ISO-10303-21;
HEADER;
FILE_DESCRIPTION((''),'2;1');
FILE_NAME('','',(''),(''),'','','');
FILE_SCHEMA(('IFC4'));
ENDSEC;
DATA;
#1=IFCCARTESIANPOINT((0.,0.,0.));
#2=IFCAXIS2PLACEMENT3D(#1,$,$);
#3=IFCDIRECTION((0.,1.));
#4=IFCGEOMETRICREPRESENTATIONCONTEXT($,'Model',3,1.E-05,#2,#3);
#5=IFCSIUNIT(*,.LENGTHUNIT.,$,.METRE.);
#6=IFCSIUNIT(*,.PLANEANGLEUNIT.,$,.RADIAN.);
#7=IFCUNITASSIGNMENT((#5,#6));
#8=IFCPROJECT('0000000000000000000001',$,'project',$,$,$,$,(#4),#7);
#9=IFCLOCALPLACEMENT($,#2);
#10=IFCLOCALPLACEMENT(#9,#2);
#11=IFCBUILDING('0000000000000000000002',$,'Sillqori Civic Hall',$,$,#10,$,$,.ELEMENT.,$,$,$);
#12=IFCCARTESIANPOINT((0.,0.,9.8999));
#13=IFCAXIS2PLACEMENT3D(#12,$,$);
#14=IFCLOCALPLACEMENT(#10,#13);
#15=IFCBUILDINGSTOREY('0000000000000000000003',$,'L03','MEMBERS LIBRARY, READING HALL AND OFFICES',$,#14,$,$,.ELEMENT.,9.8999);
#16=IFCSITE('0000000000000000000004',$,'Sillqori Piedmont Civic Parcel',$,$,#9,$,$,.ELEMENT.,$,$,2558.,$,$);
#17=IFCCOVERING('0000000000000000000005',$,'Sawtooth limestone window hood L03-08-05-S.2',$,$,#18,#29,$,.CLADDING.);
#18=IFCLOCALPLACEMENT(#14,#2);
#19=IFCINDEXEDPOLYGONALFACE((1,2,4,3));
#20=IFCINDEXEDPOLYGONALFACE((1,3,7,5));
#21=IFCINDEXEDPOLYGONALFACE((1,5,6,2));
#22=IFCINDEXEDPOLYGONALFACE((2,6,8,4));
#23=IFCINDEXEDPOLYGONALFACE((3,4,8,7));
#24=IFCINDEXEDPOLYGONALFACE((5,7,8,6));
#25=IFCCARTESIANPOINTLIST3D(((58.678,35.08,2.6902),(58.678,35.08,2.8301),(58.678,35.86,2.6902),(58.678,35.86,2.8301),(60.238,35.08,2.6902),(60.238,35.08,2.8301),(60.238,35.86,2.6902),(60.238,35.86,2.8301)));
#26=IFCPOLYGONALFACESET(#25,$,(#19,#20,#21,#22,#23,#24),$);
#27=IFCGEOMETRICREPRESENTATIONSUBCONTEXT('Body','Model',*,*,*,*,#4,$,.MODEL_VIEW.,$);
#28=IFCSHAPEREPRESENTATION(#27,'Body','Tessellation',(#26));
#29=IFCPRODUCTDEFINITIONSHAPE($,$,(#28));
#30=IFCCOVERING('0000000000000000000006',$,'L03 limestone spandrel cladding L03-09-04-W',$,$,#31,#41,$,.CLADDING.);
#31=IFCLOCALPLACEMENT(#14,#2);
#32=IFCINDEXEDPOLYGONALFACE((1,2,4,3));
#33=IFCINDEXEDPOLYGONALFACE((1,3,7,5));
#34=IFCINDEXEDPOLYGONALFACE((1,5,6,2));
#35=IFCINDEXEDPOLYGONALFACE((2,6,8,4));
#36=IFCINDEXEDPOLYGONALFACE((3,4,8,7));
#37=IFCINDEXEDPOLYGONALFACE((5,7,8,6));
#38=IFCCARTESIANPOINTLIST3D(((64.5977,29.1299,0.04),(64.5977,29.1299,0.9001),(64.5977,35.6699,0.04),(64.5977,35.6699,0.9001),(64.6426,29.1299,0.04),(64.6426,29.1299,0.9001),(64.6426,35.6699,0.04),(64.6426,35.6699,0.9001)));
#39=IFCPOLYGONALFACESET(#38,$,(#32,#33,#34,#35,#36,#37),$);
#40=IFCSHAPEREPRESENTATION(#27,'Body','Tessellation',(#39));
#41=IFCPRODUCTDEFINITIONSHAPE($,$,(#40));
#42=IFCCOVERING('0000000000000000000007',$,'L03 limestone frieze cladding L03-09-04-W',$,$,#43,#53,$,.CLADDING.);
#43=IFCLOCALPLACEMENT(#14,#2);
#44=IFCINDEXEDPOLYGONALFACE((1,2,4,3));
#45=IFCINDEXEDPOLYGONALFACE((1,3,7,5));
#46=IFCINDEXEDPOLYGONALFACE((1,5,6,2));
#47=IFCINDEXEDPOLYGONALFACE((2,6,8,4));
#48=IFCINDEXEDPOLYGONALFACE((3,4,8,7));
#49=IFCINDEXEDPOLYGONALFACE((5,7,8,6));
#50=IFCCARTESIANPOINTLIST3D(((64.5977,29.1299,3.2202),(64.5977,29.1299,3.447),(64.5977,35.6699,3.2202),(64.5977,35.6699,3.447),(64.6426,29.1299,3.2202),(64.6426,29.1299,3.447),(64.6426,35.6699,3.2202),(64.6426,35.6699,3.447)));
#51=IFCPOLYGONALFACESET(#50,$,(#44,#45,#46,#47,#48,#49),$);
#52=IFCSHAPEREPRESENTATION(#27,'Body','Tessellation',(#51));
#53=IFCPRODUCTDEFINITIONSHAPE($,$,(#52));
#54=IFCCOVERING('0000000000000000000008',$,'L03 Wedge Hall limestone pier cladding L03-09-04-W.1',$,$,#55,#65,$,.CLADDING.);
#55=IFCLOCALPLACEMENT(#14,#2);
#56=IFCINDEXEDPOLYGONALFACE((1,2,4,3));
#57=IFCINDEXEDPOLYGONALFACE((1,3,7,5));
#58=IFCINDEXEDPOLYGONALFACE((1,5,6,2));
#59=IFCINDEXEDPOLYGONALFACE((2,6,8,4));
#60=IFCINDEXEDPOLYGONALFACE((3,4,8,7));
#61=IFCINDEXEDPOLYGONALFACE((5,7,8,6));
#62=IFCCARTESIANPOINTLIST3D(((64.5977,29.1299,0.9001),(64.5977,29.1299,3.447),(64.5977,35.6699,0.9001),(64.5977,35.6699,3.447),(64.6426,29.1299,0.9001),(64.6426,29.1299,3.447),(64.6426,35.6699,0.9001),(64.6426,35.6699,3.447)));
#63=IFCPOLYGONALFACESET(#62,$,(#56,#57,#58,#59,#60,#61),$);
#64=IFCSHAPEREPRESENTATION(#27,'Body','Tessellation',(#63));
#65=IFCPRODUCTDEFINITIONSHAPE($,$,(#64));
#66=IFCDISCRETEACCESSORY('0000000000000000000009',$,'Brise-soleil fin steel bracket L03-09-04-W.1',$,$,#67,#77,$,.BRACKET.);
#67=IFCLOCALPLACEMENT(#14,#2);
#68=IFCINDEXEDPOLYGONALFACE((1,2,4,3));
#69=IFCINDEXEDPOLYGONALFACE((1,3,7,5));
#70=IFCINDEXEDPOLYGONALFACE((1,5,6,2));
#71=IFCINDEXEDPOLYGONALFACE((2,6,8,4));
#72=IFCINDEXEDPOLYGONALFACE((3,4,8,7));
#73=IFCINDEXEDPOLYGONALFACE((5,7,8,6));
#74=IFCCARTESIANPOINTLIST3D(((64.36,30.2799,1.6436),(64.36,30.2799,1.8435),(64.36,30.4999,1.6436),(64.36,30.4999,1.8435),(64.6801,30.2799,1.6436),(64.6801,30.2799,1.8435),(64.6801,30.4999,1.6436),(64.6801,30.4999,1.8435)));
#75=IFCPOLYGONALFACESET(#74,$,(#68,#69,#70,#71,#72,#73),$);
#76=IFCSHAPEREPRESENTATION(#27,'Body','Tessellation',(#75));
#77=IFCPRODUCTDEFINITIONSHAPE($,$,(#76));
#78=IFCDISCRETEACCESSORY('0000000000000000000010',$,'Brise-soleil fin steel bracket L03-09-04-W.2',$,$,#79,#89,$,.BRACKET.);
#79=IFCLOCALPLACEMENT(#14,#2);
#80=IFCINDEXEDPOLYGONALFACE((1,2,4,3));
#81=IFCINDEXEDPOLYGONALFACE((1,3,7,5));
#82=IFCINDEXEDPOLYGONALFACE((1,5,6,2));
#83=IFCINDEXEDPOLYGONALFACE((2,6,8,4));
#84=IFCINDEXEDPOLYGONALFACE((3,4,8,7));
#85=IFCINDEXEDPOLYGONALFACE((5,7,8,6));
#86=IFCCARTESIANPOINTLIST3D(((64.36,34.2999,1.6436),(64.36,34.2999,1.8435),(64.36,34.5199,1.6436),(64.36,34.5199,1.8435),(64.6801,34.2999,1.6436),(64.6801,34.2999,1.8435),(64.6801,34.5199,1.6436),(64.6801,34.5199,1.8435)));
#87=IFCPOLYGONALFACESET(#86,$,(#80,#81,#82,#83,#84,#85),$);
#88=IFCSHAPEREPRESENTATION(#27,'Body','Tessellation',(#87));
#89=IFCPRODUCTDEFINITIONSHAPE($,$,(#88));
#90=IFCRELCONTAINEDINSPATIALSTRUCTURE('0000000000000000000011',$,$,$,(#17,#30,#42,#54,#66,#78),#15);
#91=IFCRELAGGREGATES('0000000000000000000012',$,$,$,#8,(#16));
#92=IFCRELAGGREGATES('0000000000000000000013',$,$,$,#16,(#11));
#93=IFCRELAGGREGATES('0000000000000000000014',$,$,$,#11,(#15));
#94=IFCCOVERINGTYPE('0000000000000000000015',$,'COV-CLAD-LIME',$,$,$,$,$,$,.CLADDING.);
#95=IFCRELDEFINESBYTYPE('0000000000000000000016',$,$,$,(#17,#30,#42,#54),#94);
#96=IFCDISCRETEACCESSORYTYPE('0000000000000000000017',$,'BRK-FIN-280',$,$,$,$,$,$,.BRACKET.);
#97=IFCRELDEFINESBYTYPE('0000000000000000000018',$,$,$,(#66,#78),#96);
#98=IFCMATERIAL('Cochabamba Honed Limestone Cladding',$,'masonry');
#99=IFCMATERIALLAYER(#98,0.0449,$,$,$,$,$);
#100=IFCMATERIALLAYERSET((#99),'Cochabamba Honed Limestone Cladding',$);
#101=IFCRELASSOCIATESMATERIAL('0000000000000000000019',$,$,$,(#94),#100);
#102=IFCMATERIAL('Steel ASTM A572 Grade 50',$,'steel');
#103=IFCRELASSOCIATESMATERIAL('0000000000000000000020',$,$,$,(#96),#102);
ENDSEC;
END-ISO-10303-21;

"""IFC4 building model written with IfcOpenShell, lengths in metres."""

from ifc_helpers import new_model, si_unit, direction, frame, frame_2d, origin, origin_2d, place, context, subcontext, project, spatial, rectangle, extrude, material, layer, layer_set, type_object, element, save


model = new_model("IFC4")

# Units and contexts
model_context = context("Model", 3, precision=1e-05, world=origin(), true_north=direction((0.0, 1.0)))
body_context = subcontext(model_context, "Body", "Model", "MODEL_VIEW")
ifc_project = project(units=[si_unit("LENGTHUNIT", "METRE"), si_unit("PLANEANGLEUNIT", "RADIAN")], contexts=[model_context])

# Site, building, storey
site_placement = place(None, origin())
site = spatial("IfcSite", under=ifc_project, at=site_placement, Name="Sillqori Piedmont Civic Parcel", CompositionType="ELEMENT", RefElevation=2558.0)
building_placement = place(site_placement, origin())
building = spatial("IfcBuilding", under=site, at=building_placement, Name="Sillqori Civic Hall", CompositionType="ELEMENT")
storey_placement = place(building_placement, frame((0.0, 0.0, 9.8999)))
storey = spatial("IfcBuildingStorey", under=building, at=storey_placement, Name="L03", Description="MEMBERS LIBRARY, READING HALL AND OFFICES", CompositionType="ELEMENT", Elevation=9.8999)

# Coverings
ifc_material_1 = material(Name="Cochabamba Honed Limestone Cladding", Category="masonry")
ifc_layer_1 = layer(ifc_material_1, 0.0449)
ifc_layer_set_1 = layer_set([ifc_layer_1], Name="Cochabamba Honed Limestone Cladding")
covering_type = type_object("IfcCoveringType", Name="COV-CLAD-LIME", PredefinedType="CLADDING", material=ifc_layer_set_1)
covering_1_placement = place(storey_placement, frame((60.238, 35.47, 2.6902), z_axis=(0.0, 0.0, 1.0), x_axis=(-1.0, 0.0, 0.0)))
element("IfcCovering", 1, at=covering_1_placement, inside=storey, type_object=covering_type, Name="Sawtooth limestone window hood L03-08-05-S.2", PredefinedType="CLADDING", context=body_context, shape_type="SweptSolid", body=[
    extrude(rectangle(XDim=1.5601, YDim=0.78, at=frame_2d((0.78, 0.0))), origin(), (0.0, 0.0, 1.0), 0.1399),
])
covering_2_placement = place(storey_placement, frame((64.6201, 29.1299, 0.04), z_axis=(0.0, 0.0, 1.0), x_axis=(0.0, 1.0, 0.0)))
element("IfcCovering", 2, at=covering_2_placement, inside=storey, type_object=covering_type, Name="L03 limestone spandrel cladding L03-09-04-W", PredefinedType="CLADDING", context=body_context, shape_type="SweptSolid", body=[
    extrude(rectangle(XDim=6.54, YDim=0.0449, at=frame_2d((3.27, 0.0))), origin(), (0.0, 0.0, 1.0), 0.8601),
])
covering_3_placement = place(storey_placement, frame((64.6201, 29.1299, 3.2202), z_axis=(0.0, 0.0, 1.0), x_axis=(0.0, 1.0, 0.0)))
element("IfcCovering", 3, at=covering_3_placement, inside=storey, type_object=covering_type, Name="L03 limestone frieze cladding L03-09-04-W", PredefinedType="CLADDING", context=body_context, shape_type="SweptSolid", body=[
    extrude(rectangle(XDim=6.54, YDim=0.0449, at=frame_2d((3.27, 0.0))), origin(), (0.0, 0.0, 1.0), 0.2268),
])
covering_4_placement = place(storey_placement, frame((64.6201, 29.1299, 0.9001), z_axis=(0.0, 0.0, 1.0), x_axis=(0.0, 1.0, 0.0)))
element("IfcCovering", 4, at=covering_4_placement, inside=storey, type_object=covering_type, Name="L03 Wedge Hall limestone pier cladding L03-09-04-W.1", PredefinedType="CLADDING", context=body_context, shape_type="SweptSolid", body=[
    extrude(rectangle(XDim=6.54, YDim=0.0449, at=frame_2d((3.27, 0.0))), origin(), (0.0, 0.0, 1.0), 2.5469),
])

# Discrete accessories
ifc_material_2 = material(Name="Steel ASTM A572 Grade 50", Category="steel")
discrete_accessory_type = type_object("IfcDiscreteAccessoryType", Name="BRK-FIN-280", PredefinedType="BRACKET", material=ifc_material_2)
for number, where, z_axis, x_axis, name in (
    (5, (64.52, 30.3899, 1.6436), (0.0, 0.0, 1.0), (0.0, 1.0, 0.0), "Brise-soleil fin steel bracket L03-09-04-W.1"),
    (6, (64.52, 34.4099, 1.6436), (0.0, 0.0, 1.0), (0.0, 1.0, 0.0), "Brise-soleil fin steel bracket L03-09-04-W.2"),
):
    element("IfcDiscreteAccessory", number, at=place(storey_placement, frame(where, z_axis=z_axis, x_axis=x_axis)), inside=storey, type_object=discrete_accessory_type, Name=name, PredefinedType="BRACKET", context=body_context, shape_type="SweptSolid", body=[
        extrude(rectangle(XDim=0.22, YDim=0.3201, at=origin_2d()), origin(), (0.0, 0.0, 1.0), 0.2),
    ])

save(model, "model.ifc")
